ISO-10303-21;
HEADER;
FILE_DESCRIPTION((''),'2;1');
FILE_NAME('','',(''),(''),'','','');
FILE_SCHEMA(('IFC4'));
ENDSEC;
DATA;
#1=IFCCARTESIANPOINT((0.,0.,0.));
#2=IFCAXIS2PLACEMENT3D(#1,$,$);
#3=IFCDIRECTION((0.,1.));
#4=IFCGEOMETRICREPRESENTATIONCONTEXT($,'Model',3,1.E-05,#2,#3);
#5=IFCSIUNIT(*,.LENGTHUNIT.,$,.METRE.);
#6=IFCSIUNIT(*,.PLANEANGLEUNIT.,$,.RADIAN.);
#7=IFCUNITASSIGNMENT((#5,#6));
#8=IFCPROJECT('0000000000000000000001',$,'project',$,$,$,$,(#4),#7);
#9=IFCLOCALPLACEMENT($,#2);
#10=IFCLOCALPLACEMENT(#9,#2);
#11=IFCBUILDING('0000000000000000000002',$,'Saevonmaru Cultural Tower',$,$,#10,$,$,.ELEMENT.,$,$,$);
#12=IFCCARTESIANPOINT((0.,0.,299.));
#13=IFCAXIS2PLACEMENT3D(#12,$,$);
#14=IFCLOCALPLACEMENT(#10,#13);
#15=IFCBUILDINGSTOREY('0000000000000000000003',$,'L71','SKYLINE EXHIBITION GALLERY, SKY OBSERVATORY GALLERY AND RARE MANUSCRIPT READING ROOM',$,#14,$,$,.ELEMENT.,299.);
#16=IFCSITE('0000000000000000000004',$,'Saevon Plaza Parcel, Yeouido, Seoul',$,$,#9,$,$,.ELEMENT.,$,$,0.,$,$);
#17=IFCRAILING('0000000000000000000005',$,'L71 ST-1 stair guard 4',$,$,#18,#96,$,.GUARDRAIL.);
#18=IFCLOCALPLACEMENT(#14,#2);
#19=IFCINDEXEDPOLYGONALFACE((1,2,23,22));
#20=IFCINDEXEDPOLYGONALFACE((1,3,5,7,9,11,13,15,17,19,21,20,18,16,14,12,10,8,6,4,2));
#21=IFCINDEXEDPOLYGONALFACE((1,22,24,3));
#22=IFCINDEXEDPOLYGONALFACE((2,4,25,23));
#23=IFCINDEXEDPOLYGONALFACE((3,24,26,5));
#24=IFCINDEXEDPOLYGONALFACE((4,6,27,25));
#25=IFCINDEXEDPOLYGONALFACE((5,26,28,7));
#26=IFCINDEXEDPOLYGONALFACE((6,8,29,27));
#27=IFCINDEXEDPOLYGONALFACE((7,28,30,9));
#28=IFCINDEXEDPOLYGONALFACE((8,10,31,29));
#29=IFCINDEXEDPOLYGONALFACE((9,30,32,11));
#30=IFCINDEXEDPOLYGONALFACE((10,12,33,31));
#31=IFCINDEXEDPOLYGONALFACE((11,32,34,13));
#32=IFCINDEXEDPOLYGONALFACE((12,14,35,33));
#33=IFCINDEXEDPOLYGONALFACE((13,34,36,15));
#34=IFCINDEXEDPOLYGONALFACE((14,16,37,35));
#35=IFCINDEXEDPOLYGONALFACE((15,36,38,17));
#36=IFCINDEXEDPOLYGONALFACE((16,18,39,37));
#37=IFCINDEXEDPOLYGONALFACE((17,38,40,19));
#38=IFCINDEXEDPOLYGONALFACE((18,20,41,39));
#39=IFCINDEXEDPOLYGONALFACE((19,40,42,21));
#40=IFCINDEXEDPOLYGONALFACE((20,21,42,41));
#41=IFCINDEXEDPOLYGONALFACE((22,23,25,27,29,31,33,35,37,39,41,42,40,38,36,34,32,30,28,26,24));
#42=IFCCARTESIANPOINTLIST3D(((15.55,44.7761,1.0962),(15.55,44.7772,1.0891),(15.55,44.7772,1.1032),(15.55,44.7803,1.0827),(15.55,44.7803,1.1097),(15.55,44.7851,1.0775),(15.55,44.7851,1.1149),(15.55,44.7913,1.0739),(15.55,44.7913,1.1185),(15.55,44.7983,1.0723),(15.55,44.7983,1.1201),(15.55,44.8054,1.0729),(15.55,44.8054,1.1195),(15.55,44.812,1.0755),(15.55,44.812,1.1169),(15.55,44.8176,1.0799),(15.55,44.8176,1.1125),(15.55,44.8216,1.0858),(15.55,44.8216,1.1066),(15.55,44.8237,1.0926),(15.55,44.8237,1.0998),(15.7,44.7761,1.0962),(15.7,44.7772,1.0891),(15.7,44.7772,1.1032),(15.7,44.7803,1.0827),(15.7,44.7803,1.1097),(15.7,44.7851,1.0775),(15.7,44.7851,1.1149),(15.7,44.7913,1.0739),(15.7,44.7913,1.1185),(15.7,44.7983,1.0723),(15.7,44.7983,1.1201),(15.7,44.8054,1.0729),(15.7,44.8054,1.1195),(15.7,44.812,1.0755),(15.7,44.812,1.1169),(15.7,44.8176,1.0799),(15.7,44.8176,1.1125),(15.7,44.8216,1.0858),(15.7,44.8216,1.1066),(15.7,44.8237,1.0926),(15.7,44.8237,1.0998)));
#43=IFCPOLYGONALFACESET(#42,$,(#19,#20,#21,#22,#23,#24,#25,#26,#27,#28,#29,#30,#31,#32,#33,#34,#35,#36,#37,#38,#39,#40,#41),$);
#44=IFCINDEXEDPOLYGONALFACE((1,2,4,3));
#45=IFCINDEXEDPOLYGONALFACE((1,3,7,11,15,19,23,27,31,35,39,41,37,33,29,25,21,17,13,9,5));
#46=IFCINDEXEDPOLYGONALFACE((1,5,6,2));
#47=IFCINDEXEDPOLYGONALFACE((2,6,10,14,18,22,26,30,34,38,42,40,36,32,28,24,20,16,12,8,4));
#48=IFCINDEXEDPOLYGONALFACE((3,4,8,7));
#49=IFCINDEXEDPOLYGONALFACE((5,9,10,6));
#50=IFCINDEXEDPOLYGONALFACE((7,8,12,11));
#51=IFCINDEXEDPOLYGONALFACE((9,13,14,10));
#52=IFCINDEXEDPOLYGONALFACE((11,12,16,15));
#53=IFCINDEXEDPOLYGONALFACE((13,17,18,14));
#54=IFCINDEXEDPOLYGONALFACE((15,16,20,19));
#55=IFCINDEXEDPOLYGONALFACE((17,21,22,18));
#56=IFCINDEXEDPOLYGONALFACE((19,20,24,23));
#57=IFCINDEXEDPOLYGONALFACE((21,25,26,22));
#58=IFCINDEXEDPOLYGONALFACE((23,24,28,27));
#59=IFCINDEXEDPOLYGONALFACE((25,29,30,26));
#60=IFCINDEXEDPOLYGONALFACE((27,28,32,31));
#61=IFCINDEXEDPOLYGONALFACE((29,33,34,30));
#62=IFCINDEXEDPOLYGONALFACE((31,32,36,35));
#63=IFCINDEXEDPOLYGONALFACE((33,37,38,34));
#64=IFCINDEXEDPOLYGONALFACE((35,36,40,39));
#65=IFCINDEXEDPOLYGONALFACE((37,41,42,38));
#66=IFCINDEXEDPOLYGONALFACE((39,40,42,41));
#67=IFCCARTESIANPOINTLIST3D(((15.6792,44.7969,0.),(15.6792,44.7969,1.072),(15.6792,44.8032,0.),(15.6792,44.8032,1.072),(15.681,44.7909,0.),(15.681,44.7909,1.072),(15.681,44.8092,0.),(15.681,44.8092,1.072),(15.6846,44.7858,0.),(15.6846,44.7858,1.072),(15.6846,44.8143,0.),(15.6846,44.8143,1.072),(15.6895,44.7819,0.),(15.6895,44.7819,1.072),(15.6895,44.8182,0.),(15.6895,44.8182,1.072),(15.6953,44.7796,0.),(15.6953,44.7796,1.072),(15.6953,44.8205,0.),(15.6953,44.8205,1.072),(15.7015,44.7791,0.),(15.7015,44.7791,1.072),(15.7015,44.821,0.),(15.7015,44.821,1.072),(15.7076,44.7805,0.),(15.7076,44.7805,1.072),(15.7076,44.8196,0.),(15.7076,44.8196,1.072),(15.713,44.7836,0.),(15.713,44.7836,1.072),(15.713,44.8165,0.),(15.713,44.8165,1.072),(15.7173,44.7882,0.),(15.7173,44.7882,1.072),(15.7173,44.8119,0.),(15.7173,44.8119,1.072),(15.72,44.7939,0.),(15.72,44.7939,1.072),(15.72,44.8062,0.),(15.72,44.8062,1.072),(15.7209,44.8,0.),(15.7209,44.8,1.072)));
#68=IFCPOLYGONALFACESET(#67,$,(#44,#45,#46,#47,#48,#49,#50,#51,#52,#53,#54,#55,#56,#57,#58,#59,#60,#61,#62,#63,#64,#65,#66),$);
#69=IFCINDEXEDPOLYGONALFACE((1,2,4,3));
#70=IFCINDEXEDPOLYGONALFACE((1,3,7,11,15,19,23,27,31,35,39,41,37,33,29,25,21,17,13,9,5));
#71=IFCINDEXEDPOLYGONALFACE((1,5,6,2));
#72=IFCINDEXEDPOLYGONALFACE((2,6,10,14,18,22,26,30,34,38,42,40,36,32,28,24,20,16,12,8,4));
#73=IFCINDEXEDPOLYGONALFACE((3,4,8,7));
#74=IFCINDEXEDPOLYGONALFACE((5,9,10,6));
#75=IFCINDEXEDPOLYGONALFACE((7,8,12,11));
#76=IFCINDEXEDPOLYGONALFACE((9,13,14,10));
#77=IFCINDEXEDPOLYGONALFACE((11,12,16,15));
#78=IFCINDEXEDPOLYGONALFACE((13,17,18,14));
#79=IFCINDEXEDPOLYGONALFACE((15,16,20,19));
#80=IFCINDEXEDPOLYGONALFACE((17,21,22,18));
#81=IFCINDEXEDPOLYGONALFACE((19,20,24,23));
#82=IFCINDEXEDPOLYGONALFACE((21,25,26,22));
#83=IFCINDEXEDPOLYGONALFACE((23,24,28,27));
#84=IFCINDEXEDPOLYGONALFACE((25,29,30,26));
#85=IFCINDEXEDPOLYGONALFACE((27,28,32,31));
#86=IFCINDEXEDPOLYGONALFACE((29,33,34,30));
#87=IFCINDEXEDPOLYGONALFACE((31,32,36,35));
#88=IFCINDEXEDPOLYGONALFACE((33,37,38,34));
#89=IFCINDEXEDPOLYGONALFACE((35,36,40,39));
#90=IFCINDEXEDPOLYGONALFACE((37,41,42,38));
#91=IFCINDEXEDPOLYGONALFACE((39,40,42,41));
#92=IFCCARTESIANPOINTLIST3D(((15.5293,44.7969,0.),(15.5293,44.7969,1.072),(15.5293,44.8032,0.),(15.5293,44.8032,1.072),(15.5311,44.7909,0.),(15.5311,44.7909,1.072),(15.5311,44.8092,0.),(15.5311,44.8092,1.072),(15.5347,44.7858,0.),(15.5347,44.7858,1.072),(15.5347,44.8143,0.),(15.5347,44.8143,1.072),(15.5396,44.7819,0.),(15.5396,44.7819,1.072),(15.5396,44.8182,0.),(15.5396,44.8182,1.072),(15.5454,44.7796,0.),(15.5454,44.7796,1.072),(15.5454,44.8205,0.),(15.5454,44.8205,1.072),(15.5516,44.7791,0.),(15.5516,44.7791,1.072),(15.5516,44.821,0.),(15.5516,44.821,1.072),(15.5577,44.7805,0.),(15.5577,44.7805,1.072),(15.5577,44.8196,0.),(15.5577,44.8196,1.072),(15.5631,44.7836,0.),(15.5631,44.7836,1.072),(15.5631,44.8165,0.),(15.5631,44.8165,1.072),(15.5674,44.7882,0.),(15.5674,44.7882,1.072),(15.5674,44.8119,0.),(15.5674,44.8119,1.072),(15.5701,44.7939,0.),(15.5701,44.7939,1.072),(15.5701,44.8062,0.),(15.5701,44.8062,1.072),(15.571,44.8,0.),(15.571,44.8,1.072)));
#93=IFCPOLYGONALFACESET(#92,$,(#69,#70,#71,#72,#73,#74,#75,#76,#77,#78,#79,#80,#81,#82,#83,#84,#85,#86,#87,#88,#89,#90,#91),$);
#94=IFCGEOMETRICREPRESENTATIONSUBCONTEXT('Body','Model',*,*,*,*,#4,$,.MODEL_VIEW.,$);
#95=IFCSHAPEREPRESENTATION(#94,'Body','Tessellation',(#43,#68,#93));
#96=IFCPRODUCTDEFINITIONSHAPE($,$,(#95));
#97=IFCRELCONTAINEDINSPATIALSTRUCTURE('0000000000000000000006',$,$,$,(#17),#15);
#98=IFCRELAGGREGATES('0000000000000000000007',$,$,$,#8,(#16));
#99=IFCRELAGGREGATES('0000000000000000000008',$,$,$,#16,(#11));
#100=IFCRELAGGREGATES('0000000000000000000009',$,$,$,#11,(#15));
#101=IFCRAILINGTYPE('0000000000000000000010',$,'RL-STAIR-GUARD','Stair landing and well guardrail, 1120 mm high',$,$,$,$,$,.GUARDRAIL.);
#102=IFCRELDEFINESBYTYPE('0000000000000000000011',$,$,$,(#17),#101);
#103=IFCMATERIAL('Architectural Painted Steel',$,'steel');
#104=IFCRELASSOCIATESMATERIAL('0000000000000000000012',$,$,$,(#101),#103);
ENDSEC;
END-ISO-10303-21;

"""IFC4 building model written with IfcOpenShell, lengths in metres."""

from ifc_helpers import new_model, si_unit, direction, frame, origin, origin_2d, place, context, subcontext, project, spatial, circle, extrude, material, type_object, element, save


model = new_model("IFC4")

# Units and contexts
model_context = context("Model", 3, precision=1e-05, world=origin(), true_north=direction((0.0, 1.0)))
body_context = subcontext(model_context, "Body", "Model", "MODEL_VIEW")
ifc_project = project(units=[si_unit("LENGTHUNIT", "METRE"), si_unit("PLANEANGLEUNIT", "RADIAN")], contexts=[model_context])

# Site, building, storey
site_placement = place(None, origin())
site = spatial("IfcSite", under=ifc_project, at=site_placement, Name="Saevon Plaza Parcel, Yeouido, Seoul", CompositionType="ELEMENT", RefElevation=0.0)
building_placement = place(site_placement, origin())
building = spatial("IfcBuilding", under=site, at=building_placement, Name="Saevonmaru Cultural Tower", CompositionType="ELEMENT")
storey_placement = place(building_placement, frame((0.0, 0.0, 299.0)))
storey = spatial("IfcBuildingStorey", under=building, at=storey_placement, Name="L71", Description="SKYLINE EXHIBITION GALLERY, SKY OBSERVATORY GALLERY AND RARE MANUSCRIPT READING ROOM", CompositionType="ELEMENT", Elevation=299.0)

# Railing
ifc_material_1 = material(Name="Architectural Painted Steel", Category="steel")
railing_type_1 = type_object("IfcRailingType", Name="RL-STAIR-GUARD", Description="Stair landing and well guardrail, 1120 mm high", PredefinedType="GUARDRAIL", material=ifc_material_1)
railing_1_placement = place(storey_placement, frame((15.7, 44.8, 0.0)))
element("IfcRailing", 1, at=railing_1_placement, inside=storey, type_object=railing_type_1, Name="L71 ST-1 stair guard 4", PredefinedType="GUARDRAIL", context=body_context, shape_type="SweptSolid", body=[
    extrude(circle(Radius=0.0239, at=origin_2d()), frame((0.0, 0.0, 1.0962), z_axis=(-1.0, 0.0, 0.0), x_axis=(0.0, -1.0, 0.0)), (0.0, 0.0, 1.0), 0.1499),
    extrude(circle(Radius=0.021, at=origin_2d()), origin(), (0.0, 0.0, 1.0), 1.072),
    extrude(circle(Radius=0.021, at=origin_2d()), frame((-0.1499, 0.0, 0.0)), (0.0, 0.0, 1.0), 1.072),
])

save(model, "model.ifc")
